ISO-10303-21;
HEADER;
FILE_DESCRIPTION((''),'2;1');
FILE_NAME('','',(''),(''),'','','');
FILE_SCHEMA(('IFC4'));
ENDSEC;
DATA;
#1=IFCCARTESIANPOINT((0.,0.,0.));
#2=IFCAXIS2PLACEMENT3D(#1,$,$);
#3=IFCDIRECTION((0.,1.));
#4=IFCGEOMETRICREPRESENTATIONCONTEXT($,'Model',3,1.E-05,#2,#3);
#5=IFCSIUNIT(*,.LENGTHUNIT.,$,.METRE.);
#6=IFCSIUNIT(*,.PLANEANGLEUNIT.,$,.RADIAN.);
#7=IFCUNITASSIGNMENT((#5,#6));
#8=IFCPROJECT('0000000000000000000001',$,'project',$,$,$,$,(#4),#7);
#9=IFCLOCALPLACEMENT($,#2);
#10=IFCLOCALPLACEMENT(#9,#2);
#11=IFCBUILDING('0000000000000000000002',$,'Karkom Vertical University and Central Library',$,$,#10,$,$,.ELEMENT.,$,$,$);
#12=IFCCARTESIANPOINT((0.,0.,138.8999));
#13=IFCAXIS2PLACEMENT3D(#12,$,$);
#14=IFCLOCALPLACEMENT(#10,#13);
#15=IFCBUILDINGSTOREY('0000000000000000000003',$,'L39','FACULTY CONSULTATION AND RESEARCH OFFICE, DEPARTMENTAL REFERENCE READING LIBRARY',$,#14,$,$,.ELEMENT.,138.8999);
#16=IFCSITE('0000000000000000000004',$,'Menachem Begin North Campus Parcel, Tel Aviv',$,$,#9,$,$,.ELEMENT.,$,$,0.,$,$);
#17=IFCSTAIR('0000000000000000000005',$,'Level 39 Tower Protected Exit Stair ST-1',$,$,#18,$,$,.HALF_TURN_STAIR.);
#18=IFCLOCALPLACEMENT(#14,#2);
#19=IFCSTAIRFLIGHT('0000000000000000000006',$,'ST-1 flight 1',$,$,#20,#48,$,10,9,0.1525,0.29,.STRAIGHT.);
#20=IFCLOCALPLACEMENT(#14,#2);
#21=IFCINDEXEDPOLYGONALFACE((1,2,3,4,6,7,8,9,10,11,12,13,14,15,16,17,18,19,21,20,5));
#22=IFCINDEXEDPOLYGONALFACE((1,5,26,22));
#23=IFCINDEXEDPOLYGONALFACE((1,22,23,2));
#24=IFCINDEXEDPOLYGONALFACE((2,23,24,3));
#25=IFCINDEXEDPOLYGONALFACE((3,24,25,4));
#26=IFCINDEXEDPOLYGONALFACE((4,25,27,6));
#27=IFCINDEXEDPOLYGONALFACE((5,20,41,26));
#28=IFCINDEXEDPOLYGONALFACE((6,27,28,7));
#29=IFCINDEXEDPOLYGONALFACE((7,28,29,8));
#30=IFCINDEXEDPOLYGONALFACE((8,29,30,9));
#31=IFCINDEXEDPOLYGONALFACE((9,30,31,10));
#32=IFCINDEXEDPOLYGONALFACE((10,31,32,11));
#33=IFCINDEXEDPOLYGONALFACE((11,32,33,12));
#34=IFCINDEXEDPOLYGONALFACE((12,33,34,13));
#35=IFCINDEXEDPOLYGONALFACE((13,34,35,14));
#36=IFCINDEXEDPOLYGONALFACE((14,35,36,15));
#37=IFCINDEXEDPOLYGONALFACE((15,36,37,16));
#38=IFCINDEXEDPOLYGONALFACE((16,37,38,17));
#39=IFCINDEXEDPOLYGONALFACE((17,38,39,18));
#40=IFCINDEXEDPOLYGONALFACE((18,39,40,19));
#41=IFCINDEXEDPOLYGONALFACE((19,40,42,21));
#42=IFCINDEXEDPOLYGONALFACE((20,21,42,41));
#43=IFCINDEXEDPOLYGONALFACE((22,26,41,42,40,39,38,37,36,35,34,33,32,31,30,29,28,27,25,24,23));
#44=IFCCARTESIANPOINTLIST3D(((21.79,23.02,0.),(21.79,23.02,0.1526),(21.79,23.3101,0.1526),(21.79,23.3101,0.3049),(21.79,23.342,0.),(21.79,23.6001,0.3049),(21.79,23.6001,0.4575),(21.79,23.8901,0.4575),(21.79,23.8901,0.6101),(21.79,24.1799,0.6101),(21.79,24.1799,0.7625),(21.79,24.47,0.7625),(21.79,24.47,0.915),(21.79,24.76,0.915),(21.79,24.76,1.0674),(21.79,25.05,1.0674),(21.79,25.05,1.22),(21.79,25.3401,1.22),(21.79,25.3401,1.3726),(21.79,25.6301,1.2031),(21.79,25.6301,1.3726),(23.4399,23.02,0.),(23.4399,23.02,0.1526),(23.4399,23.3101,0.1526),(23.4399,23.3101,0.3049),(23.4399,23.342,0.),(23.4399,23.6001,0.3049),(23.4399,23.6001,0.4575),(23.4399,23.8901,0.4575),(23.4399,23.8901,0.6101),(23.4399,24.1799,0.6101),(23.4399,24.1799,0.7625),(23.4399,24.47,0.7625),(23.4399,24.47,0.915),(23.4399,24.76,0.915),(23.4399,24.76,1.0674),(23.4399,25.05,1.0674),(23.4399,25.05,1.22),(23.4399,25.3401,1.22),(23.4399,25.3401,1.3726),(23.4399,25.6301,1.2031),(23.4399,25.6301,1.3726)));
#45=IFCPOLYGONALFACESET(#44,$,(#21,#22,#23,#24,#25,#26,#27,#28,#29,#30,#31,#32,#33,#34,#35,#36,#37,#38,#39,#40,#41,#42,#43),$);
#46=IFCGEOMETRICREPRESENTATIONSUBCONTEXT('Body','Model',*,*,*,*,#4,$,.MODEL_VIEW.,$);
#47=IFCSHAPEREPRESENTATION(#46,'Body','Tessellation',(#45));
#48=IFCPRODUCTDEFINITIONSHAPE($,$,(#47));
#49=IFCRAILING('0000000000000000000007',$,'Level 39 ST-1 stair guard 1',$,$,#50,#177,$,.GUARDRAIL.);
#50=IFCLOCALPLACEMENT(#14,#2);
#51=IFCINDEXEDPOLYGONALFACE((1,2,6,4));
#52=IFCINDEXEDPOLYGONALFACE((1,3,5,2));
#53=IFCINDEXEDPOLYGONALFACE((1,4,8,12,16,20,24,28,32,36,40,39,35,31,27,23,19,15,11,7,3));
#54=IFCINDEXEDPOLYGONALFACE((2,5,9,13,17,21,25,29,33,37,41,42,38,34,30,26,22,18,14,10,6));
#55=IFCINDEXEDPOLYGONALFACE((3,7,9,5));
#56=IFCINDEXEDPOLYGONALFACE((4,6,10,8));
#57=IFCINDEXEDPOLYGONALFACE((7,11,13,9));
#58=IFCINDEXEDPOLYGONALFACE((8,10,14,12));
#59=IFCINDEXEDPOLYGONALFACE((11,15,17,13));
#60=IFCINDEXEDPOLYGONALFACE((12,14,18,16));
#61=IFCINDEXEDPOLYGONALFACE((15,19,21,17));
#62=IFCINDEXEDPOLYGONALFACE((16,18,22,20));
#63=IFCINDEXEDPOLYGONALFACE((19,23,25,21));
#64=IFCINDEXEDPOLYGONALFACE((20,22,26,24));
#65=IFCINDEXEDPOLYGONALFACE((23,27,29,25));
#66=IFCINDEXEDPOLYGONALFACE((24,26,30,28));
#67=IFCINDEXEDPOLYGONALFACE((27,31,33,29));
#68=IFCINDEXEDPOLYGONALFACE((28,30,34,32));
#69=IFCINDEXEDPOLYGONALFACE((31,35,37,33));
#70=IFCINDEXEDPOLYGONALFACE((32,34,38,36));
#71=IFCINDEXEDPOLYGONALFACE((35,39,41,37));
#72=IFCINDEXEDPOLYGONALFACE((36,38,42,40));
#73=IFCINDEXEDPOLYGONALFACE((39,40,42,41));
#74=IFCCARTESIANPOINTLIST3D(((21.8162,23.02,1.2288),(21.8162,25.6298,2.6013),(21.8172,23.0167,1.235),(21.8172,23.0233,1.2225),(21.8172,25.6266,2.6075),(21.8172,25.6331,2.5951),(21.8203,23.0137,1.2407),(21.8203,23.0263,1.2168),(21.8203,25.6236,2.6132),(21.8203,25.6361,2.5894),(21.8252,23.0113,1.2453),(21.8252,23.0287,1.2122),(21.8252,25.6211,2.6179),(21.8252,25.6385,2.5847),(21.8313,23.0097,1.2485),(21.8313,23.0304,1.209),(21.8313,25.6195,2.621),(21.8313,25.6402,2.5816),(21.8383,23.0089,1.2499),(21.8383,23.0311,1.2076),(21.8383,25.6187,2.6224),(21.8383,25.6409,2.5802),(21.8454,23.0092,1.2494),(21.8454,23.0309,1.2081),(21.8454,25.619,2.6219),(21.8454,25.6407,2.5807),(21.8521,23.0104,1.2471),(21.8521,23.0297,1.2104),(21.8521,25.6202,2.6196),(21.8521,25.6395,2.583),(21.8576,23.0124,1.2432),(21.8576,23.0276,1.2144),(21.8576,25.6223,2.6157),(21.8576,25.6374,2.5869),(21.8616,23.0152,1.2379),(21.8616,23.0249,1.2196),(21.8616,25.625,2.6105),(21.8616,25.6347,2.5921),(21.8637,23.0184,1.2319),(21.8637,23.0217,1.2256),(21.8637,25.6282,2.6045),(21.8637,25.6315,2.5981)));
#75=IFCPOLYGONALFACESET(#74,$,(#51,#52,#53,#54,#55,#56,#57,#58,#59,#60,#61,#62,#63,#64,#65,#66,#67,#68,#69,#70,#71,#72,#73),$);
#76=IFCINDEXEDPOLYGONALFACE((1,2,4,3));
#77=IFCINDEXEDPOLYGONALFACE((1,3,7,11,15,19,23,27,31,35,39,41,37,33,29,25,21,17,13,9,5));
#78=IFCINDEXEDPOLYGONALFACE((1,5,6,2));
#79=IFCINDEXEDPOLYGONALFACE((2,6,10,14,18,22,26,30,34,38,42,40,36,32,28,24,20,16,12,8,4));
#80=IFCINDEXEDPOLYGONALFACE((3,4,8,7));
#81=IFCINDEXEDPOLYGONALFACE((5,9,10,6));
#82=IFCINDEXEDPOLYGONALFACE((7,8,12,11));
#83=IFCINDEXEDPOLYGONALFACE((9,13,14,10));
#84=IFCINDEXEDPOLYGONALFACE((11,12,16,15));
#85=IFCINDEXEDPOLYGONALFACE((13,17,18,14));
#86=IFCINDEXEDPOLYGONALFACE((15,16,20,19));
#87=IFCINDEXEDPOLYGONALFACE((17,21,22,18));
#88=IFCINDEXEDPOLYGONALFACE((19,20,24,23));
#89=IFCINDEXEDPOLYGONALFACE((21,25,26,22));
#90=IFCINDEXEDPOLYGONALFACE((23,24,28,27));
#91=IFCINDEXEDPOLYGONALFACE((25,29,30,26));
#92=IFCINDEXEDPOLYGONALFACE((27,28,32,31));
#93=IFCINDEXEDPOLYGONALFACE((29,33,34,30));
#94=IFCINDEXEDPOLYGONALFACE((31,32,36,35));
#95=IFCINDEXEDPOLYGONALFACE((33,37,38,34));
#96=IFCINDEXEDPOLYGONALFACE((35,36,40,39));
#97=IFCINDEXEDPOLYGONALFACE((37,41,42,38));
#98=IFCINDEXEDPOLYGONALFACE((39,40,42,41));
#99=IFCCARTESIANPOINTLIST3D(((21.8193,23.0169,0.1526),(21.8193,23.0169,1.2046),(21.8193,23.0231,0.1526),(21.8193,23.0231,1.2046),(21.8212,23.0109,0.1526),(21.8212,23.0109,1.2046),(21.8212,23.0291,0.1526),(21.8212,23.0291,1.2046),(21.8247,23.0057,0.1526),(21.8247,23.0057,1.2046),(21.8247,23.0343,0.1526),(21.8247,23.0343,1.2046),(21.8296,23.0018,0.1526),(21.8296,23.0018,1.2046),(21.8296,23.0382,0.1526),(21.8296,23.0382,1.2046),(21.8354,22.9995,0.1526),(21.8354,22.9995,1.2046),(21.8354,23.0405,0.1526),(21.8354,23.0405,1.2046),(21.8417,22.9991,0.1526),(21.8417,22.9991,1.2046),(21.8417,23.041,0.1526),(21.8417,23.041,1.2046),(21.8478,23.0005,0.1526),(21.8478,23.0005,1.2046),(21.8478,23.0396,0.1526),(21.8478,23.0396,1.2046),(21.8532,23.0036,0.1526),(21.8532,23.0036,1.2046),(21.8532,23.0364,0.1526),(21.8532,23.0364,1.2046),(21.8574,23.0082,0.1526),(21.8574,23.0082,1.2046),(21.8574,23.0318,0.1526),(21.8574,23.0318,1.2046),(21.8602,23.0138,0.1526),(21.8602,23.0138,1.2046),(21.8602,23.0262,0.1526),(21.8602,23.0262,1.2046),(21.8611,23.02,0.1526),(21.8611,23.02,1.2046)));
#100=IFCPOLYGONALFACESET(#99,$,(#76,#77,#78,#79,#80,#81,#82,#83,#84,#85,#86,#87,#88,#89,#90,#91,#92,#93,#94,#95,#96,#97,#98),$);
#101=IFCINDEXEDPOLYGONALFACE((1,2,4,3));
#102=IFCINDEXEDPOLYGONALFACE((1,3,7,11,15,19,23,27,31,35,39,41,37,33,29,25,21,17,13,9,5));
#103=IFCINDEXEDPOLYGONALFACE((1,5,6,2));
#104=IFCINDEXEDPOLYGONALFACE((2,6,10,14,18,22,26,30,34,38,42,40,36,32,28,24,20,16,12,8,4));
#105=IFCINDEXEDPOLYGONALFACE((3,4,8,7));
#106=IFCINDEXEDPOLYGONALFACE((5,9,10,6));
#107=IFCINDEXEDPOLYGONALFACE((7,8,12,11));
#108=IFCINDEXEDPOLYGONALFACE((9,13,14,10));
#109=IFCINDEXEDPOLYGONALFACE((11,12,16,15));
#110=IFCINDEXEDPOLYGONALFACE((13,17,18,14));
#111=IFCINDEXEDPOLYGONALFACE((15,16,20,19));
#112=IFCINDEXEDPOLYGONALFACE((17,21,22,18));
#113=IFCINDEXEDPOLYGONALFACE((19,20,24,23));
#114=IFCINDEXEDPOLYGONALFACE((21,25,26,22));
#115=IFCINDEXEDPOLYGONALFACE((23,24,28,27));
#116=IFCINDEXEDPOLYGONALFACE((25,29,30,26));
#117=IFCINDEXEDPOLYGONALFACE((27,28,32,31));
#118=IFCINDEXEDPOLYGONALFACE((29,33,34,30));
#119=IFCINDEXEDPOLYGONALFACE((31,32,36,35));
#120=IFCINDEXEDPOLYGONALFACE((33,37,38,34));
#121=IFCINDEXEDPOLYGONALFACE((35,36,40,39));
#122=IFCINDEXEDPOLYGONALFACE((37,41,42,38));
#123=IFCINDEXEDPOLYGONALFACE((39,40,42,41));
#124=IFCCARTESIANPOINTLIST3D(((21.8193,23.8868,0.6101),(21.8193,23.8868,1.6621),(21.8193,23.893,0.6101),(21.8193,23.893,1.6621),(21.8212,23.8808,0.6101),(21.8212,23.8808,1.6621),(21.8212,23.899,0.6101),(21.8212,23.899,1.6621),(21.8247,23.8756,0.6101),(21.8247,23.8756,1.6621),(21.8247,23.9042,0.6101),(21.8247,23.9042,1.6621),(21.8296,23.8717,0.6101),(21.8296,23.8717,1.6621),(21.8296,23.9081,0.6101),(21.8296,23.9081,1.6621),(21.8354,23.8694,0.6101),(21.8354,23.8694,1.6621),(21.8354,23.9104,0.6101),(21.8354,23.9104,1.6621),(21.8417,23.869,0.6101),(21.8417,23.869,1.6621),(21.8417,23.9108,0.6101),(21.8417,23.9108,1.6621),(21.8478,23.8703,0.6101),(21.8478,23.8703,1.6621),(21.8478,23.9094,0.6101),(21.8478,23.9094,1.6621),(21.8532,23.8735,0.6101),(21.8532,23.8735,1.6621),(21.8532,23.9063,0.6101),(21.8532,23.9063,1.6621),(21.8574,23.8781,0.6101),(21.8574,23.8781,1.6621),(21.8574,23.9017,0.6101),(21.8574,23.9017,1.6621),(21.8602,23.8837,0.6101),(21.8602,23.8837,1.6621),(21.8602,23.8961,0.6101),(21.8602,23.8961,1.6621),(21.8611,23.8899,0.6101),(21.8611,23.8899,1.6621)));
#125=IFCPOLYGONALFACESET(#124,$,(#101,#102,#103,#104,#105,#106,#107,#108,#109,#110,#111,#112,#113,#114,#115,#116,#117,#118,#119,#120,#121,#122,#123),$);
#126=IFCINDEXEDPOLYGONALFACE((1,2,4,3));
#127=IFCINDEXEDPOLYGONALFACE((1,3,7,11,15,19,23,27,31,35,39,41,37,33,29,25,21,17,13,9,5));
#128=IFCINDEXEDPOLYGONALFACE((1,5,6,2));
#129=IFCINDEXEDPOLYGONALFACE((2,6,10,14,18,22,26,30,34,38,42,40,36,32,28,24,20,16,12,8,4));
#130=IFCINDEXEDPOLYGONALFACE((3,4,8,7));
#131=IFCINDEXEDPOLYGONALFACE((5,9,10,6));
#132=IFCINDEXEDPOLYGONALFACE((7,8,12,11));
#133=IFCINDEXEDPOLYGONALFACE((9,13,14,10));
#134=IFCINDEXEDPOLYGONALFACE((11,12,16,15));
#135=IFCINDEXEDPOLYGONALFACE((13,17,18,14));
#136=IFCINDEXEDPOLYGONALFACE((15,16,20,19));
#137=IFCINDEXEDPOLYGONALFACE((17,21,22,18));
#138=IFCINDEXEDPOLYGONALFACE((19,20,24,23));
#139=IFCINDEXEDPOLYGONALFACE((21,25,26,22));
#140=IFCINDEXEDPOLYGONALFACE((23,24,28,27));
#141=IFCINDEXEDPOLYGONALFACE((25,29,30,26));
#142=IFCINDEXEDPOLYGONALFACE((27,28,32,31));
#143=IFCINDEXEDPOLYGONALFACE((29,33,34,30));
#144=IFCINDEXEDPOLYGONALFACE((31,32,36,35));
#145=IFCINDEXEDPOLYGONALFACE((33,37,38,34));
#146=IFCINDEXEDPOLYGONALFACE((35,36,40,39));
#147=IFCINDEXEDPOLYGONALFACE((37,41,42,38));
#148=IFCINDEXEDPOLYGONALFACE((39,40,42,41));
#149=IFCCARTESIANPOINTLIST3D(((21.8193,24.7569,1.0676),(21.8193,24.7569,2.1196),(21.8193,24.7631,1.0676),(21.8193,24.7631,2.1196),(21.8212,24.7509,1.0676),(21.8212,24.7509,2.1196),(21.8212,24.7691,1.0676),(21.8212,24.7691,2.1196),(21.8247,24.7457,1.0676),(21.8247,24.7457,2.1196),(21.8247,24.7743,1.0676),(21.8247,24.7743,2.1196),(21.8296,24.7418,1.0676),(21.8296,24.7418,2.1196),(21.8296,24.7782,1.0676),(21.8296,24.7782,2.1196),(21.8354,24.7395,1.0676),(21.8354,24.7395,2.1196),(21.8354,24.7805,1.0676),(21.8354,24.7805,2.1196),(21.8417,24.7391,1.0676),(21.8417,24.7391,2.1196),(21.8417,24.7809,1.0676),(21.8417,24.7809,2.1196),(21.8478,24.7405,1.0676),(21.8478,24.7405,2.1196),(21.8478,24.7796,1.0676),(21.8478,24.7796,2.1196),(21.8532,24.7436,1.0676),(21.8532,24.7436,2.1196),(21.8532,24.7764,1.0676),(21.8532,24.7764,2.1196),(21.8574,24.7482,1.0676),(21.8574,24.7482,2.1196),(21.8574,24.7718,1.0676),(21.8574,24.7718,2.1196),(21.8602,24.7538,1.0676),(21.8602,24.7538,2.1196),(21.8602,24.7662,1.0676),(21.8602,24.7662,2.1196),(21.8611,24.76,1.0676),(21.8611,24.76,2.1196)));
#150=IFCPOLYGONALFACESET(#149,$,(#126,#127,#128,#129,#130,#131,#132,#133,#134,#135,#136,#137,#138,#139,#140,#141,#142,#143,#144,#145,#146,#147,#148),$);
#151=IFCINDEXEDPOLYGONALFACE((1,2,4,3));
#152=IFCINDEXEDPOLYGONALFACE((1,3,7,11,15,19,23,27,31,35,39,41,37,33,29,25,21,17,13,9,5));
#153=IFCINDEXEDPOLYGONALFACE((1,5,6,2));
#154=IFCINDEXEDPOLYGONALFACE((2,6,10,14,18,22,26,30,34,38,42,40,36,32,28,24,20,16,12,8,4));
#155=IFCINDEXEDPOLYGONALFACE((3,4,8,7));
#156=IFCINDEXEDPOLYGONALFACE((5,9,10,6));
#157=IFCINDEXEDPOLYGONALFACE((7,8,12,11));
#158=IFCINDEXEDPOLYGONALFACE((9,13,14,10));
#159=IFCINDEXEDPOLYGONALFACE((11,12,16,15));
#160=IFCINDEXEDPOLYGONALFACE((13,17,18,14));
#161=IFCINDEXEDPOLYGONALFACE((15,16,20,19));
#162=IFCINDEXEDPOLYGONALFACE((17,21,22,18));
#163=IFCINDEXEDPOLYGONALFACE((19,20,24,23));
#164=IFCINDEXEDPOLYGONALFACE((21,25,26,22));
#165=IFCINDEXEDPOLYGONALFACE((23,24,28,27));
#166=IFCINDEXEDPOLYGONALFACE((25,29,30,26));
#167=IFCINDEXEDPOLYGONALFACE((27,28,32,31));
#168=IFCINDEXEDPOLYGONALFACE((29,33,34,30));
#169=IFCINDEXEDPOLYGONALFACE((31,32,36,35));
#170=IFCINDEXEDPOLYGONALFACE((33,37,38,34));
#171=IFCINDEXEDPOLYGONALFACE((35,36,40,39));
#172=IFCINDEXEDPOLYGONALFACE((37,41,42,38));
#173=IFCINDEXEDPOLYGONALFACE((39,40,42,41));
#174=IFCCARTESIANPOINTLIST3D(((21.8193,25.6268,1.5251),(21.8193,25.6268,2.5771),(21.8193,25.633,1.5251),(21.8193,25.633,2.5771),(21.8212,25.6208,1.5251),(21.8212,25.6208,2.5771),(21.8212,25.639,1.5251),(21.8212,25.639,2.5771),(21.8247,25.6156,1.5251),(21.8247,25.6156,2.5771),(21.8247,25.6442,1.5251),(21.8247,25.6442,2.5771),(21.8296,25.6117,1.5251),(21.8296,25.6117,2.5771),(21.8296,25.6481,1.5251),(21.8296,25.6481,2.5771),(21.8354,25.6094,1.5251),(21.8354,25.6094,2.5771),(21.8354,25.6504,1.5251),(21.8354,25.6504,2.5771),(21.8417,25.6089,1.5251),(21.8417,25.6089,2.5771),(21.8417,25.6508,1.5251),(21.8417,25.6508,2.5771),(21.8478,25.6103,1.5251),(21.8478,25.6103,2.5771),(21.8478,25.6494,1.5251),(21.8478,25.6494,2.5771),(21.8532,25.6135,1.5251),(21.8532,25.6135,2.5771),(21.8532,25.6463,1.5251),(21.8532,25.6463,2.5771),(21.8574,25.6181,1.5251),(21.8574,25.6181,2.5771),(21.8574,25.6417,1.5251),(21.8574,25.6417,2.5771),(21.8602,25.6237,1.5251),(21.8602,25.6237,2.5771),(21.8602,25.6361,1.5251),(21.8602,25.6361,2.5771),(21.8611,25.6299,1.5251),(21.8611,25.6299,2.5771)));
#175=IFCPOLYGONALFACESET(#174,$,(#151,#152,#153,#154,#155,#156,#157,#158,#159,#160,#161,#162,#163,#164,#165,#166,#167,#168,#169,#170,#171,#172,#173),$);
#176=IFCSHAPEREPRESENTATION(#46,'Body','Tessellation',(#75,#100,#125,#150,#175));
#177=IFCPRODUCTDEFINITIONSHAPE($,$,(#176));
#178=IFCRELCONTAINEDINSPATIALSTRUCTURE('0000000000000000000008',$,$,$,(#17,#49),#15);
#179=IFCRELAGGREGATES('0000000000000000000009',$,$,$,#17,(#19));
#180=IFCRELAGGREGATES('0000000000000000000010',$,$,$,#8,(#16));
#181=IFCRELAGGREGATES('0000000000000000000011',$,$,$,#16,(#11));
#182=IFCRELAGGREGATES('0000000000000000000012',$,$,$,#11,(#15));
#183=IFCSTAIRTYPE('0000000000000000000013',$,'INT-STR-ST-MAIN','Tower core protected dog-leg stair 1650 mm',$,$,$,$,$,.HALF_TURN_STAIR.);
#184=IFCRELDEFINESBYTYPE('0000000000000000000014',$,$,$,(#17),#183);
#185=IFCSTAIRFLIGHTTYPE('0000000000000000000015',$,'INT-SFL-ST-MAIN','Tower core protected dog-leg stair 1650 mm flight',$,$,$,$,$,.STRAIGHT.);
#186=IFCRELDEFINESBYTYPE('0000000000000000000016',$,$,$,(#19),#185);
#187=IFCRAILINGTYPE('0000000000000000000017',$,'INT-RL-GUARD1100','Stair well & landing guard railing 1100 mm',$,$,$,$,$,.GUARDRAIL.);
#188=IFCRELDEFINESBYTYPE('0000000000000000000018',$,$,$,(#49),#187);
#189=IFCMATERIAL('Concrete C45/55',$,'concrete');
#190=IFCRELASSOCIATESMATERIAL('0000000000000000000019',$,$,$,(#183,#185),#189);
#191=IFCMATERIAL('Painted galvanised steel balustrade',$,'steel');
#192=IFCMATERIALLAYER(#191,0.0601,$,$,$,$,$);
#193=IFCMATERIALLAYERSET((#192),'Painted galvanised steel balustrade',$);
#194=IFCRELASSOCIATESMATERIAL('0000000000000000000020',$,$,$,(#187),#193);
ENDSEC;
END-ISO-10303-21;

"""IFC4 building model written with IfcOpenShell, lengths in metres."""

from ifc_helpers import new_model, si_unit, direction, frame, origin, origin_2d, place, context, subcontext, project, spatial, polyline, circle, outline, extrude, material, layer, layer_set, type_object, element, aggregate, save


model = new_model("IFC4")

# Units and contexts
model_context = context("Model", 3, precision=1e-05, world=origin(), true_north=direction((0.0, 1.0)))
body_context = subcontext(model_context, "Body", "Model", "MODEL_VIEW")
ifc_project = project(units=[si_unit("LENGTHUNIT", "METRE"), si_unit("PLANEANGLEUNIT", "RADIAN")], contexts=[model_context])

# Site, building, storey
site_placement = place(None, origin())
site = spatial("IfcSite", under=ifc_project, at=site_placement, Name="Menachem Begin North Campus Parcel, Tel Aviv", CompositionType="ELEMENT", RefElevation=0.0)
building_placement = place(site_placement, origin())
building = spatial("IfcBuilding", under=site, at=building_placement, Name="Karkom Vertical University and Central Library", CompositionType="ELEMENT")
storey_placement = place(building_placement, frame((0.0, 0.0, 138.8999)))
storey = spatial("IfcBuildingStorey", under=building, at=storey_placement, Name="L39", Description="FACULTY CONSULTATION AND RESEARCH OFFICE, DEPARTMENTAL REFERENCE READING LIBRARY", CompositionType="ELEMENT", Elevation=138.8999)

# Shared definitions
ifc_material_1 = material(Name="Concrete C45/55", Category="concrete")

# Stair, stair flight
stair_type = type_object("IfcStairType", Name="INT-STR-ST-MAIN", Description="Tower core protected dog-leg stair 1650 mm", PredefinedType="HALF_TURN_STAIR", material=ifc_material_1)
stair_placement = place(storey_placement, origin())
stair = element("IfcStair", 1, at=stair_placement, inside=storey, type_object=stair_type, Name="Level 39 Tower Protected Exit Stair ST-1", PredefinedType="HALF_TURN_STAIR")
stair_flight_type = type_object("IfcStairFlightType", Name="INT-SFL-ST-MAIN", Description="Tower core protected dog-leg stair 1650 mm flight", PredefinedType="STRAIGHT", material=ifc_material_1)
stair_flight_placement = place(storey_placement, frame((22.615, 23.02, 0.0), z_axis=(0.0, 0.0, 1.0), x_axis=(0.0, 1.0, 0.0)))
stair_flight = element("IfcStairFlight", 2, at=stair_flight_placement, type_object=stair_flight_type, Name="ST-1 flight 1", NumberOfRisers=10, NumberOfTreads=9, PredefinedType="STRAIGHT", RiserHeight=0.1525, TreadLength=0.29, context=body_context, shape_type="SweptSolid", body=[
    extrude(outline(polyline([(0.0, 0.0), (0.0, 0.1526), (0.29, 0.1526), (0.29, 0.3049), (0.5801, 0.3049), (0.5801, 0.4575), (0.8701, 0.4575), (0.8701, 0.6101), (1.1599, 0.6101), (1.1599, 0.7625), (1.45, 0.7625), (1.45, 0.915), (1.74, 0.915), (1.74, 1.0674), (2.03, 1.0674), (2.03, 1.22), (2.3201, 1.22), (2.3201, 1.3726), (2.6101, 1.3726), (2.6101, 1.5249), (2.6101, 1.2031), (0.322, 0.0), (0.0, 0.0)])), frame((0.0, 0.825, 0.0), z_axis=(0.0, -1.0, 0.0), x_axis=(1.0, 0.0, 0.0)), (0.0, 0.0, 1.0), 1.6499),
])
aggregate(stair, [stair_flight])

# Railing
ifc_material_2 = material(Name="Painted galvanised steel balustrade", Category="steel")
ifc_layer_1 = layer(ifc_material_2, 0.0601)
ifc_layer_set_1 = layer_set([ifc_layer_1], Name="Painted galvanised steel balustrade")
railing_type_1 = type_object("IfcRailingType", Name="INT-RL-GUARD1100", Description="Stair well & landing guard railing 1100 mm", PredefinedType="GUARDRAIL", material=ifc_layer_set_1)
railing_1_placement = place(storey_placement, frame((21.8401, 23.02, 0.1526)))
element("IfcRailing", 3, at=railing_1_placement, inside=storey, type_object=railing_type_1, Name="Level 39 ST-1 stair guard 1", PredefinedType="GUARDRAIL", context=body_context, shape_type="SweptSolid", body=[
    extrude(circle(Radius=0.0239, at=origin_2d()), frame((0.0, 0.0, 1.0762), z_axis=(0.0, 0.885065, 0.465467), x_axis=(-1.0, 0.0, 0.0)), (0.0, 0.0, 1.0), 2.9487),
    extrude(circle(Radius=0.021, at=origin_2d()), origin(), (0.0, 0.0, 1.0), 1.052),
    extrude(circle(Radius=0.021, at=origin_2d()), frame((0.0, 0.8699, 0.4575)), (0.0, 0.0, 1.0), 1.052),
    extrude(circle(Radius=0.021, at=origin_2d()), frame((0.0, 1.74, 0.915)), (0.0, 0.0, 1.0), 1.052),
    extrude(circle(Radius=0.021, at=origin_2d()), frame((0.0, 2.6099, 1.3726)), (0.0, 0.0, 1.0), 1.052),
])

save(model, "model.ifc")
